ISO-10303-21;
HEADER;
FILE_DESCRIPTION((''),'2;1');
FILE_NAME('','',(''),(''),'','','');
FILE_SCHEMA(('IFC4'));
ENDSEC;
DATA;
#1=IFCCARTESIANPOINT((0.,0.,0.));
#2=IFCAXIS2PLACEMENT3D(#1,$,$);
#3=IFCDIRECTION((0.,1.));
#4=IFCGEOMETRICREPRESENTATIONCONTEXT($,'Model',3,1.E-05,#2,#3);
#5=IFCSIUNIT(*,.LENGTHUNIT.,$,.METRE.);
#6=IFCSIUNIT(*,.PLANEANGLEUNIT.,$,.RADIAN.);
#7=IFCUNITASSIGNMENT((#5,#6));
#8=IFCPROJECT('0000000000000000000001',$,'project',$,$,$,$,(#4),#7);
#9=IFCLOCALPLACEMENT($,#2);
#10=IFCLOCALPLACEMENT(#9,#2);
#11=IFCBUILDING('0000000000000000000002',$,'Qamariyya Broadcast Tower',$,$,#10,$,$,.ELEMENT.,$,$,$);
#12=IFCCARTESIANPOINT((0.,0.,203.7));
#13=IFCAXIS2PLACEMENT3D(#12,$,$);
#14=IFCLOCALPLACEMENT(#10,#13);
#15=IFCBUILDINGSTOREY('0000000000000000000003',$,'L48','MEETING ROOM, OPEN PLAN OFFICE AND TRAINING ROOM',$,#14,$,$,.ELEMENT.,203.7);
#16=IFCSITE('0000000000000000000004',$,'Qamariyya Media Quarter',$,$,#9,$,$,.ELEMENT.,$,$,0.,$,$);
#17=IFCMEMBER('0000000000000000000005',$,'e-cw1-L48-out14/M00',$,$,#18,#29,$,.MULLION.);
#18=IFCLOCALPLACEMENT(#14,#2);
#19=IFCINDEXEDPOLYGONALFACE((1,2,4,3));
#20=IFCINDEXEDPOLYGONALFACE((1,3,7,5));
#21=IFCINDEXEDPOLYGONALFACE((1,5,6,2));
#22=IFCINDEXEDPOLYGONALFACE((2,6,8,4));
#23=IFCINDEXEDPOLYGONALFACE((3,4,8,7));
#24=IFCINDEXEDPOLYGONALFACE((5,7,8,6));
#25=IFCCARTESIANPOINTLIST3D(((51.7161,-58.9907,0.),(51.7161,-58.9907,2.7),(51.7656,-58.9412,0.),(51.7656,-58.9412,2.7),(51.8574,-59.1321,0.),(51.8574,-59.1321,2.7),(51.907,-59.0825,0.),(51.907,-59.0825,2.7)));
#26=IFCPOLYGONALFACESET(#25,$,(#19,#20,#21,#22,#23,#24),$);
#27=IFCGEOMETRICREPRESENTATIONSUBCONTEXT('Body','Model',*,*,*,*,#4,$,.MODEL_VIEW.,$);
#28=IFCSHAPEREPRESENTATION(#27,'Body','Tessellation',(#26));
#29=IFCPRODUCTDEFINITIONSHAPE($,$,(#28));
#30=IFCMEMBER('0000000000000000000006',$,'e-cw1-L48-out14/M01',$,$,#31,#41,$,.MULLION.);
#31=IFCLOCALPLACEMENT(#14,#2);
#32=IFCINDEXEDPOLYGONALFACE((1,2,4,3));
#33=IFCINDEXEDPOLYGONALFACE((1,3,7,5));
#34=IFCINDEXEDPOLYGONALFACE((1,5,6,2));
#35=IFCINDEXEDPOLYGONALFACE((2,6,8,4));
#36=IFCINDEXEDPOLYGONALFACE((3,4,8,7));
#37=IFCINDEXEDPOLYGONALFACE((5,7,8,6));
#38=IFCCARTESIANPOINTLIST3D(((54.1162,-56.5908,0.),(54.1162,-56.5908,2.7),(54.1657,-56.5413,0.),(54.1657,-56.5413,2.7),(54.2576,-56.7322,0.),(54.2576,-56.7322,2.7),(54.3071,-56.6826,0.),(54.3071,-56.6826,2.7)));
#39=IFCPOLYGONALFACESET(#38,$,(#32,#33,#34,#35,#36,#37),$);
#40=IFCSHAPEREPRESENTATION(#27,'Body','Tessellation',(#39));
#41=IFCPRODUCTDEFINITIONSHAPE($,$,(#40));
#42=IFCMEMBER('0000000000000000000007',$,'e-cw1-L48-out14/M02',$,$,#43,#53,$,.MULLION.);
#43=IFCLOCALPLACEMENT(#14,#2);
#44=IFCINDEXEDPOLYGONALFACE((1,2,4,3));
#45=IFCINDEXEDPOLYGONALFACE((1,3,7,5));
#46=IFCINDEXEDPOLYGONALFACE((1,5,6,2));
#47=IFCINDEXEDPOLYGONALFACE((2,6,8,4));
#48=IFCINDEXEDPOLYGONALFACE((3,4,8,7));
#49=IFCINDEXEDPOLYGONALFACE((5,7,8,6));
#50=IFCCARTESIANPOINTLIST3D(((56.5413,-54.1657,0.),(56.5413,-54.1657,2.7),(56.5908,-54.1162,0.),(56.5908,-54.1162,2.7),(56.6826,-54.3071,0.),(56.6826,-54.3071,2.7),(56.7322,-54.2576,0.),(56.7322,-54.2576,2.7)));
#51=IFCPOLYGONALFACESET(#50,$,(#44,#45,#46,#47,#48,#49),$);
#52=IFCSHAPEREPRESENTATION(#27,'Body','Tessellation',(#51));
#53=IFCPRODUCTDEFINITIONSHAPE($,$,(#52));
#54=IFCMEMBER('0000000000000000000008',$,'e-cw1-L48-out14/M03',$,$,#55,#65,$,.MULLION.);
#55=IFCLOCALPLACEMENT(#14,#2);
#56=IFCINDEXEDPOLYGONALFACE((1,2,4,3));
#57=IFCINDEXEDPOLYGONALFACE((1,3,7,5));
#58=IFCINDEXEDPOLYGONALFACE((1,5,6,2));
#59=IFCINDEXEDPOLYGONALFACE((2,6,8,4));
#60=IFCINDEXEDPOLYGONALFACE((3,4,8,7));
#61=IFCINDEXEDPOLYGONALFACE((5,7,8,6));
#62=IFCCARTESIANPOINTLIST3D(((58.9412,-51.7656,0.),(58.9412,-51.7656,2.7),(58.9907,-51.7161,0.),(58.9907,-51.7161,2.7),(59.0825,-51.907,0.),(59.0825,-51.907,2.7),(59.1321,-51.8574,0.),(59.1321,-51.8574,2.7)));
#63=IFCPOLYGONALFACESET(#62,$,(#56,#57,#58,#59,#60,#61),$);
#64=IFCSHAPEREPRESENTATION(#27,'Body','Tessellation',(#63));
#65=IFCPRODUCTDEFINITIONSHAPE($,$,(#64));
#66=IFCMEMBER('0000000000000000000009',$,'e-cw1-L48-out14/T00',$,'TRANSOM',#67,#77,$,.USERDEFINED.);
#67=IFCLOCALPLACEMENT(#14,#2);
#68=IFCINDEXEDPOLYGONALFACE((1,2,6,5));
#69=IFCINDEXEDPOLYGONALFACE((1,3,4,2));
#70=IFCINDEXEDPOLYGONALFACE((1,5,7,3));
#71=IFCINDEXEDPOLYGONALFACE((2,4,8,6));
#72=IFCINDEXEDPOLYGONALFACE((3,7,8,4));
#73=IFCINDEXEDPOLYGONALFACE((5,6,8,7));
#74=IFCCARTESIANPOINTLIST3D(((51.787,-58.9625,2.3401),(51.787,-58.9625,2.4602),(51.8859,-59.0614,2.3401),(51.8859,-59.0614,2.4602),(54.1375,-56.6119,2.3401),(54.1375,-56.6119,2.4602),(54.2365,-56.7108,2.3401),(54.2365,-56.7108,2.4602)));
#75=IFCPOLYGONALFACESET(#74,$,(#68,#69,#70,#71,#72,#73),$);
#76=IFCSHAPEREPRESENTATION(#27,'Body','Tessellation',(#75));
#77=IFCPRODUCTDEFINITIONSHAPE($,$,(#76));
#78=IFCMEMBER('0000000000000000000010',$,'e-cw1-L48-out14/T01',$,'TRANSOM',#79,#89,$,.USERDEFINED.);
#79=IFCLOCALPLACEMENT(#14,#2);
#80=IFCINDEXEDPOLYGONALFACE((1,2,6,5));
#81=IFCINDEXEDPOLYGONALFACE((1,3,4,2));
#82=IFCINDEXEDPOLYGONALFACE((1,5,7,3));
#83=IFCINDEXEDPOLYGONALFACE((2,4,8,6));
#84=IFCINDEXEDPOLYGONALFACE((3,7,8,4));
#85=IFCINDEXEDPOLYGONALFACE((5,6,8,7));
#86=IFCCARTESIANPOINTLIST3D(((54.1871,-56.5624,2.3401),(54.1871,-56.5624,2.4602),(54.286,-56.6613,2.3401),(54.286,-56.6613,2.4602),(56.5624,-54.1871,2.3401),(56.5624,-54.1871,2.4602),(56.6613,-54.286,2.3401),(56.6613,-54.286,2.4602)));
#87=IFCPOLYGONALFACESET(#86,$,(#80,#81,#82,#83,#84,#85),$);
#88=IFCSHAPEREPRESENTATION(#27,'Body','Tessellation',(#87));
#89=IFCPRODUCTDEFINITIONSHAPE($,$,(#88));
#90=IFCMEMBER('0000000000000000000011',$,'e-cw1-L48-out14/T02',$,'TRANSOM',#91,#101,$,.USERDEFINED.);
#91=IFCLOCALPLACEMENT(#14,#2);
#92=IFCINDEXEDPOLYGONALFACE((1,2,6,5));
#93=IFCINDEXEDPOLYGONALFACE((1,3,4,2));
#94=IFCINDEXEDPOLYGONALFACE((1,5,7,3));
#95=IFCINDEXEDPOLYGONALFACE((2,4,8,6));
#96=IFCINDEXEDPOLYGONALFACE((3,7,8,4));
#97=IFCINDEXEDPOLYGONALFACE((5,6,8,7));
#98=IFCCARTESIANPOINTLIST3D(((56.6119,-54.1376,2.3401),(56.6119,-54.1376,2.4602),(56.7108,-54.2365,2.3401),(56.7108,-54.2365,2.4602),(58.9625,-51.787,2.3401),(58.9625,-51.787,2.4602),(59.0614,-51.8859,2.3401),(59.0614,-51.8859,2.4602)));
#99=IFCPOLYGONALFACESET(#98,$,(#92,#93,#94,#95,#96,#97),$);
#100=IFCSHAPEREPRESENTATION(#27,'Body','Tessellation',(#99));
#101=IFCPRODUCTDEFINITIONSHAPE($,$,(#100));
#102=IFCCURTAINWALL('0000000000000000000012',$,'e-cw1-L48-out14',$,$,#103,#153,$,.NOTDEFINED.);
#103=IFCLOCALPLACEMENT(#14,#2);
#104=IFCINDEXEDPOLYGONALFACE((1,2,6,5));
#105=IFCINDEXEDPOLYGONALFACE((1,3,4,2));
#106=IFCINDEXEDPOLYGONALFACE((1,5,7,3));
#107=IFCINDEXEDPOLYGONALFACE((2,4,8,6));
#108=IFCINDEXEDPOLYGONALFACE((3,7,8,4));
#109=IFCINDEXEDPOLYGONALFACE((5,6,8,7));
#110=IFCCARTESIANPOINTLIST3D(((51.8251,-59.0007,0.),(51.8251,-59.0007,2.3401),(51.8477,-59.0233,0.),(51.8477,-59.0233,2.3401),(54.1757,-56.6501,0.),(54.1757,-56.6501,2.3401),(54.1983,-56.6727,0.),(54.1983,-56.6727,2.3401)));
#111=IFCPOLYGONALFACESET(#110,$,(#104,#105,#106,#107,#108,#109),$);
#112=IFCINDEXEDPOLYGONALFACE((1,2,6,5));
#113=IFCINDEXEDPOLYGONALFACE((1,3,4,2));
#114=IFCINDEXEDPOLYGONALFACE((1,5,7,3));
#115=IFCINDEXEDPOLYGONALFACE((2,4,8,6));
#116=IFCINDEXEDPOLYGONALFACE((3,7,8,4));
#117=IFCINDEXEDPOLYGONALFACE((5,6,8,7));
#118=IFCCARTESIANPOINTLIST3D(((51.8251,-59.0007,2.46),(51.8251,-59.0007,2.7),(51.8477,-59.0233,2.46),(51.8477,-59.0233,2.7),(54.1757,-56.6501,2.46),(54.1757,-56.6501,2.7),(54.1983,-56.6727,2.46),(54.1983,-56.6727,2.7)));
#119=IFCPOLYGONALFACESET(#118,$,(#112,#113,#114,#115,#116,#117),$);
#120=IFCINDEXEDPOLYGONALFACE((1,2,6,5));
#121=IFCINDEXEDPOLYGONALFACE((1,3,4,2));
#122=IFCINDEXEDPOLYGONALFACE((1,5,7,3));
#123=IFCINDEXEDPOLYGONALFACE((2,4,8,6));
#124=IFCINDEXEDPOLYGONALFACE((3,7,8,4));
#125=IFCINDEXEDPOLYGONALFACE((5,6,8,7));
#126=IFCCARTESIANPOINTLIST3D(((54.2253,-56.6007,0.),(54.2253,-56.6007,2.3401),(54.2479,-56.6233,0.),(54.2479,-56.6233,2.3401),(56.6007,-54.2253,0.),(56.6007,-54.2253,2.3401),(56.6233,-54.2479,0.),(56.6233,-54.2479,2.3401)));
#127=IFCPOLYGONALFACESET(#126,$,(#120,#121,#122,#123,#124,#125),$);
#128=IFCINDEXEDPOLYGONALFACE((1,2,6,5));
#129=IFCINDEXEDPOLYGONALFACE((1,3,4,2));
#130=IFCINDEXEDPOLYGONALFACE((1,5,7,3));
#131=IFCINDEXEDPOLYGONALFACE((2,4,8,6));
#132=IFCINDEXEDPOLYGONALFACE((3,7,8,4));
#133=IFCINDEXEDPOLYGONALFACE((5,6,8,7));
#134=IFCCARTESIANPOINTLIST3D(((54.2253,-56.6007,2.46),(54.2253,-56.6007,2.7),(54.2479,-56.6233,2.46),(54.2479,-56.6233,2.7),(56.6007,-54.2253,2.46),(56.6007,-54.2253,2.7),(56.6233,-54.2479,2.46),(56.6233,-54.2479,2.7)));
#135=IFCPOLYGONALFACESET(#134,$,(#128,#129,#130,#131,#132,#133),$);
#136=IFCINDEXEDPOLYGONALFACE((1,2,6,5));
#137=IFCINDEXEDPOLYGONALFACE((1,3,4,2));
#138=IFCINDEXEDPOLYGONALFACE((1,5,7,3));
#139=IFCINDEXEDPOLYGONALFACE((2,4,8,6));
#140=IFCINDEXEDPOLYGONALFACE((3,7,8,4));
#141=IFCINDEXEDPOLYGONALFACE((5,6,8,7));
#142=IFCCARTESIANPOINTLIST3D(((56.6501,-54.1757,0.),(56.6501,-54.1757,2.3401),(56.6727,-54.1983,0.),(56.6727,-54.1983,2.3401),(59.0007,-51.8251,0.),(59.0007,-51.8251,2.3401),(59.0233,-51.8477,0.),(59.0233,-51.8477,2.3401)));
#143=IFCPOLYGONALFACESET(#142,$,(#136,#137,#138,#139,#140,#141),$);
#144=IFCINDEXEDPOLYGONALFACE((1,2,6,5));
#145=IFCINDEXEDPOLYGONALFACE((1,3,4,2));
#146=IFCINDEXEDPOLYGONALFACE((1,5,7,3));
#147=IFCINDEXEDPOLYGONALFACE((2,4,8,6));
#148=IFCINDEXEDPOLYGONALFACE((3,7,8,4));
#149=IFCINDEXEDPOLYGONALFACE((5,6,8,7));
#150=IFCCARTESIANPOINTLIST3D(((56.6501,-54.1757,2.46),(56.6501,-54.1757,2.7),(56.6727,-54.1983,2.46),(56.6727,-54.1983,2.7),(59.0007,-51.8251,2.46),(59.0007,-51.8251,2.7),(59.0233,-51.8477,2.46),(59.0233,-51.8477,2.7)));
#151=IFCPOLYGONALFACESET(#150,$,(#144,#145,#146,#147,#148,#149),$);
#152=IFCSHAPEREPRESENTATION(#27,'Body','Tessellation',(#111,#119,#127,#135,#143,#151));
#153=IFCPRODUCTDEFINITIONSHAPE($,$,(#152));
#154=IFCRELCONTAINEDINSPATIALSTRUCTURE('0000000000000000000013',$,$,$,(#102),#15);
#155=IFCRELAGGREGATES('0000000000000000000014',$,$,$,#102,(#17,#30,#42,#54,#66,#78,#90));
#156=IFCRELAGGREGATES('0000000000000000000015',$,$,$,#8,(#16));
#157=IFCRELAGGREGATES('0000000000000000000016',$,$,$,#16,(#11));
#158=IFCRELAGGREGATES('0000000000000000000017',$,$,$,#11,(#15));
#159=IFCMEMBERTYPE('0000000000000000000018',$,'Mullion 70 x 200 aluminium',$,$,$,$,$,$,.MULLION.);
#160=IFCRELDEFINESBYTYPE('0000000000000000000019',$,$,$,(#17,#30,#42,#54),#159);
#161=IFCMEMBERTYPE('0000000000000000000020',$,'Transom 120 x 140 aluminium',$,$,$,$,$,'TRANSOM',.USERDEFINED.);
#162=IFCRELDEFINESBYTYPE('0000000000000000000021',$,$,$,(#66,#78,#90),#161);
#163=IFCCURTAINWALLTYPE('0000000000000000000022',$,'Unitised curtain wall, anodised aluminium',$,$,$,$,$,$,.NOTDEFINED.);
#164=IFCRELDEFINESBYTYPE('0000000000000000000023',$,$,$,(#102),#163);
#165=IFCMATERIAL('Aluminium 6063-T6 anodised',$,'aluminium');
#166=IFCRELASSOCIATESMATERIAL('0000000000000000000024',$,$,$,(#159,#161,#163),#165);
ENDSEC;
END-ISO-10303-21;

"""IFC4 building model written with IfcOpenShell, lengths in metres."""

from ifc_helpers import new_model, si_unit, direction, frame, origin, origin_2d, place, context, subcontext, project, spatial, rectangle, extrude, material, material_profile, profile_set, type_object, element, aggregate, save


model = new_model("IFC4")

# Units and contexts
model_context = context("Model", 3, precision=1e-05, world=origin(), true_north=direction((0.0, 1.0)))
body_context = subcontext(model_context, "Body", "Model", "MODEL_VIEW")
ifc_project = project(units=[si_unit("LENGTHUNIT", "METRE"), si_unit("PLANEANGLEUNIT", "RADIAN")], contexts=[model_context])

# Members
ifc_material = material(Name="Aluminium 6063-T6 anodised", Category="aluminium")
ifc_material_profile_1 = material_profile(ifc_material, rectangle(XDim=0.2, YDim=0.0701, at=origin_2d()))
ifc_profile_set_1 = profile_set([ifc_material_profile_1], Name="Aluminium 6063-T6 anodised")
member_type_1 = type_object("IfcMemberType", Name="Mullion 70 x 200 aluminium", PredefinedType="MULLION", material=ifc_profile_set_1)
site_placement = place(None, origin())
building_placement = place(site_placement, origin())
storey_placement = place(building_placement, frame((0.0, 0.0, 203.7)))
member_1_placement = place(storey_placement, frame((51.8115, -59.0366, 0.0), z_axis=(0.0, 0.0, 1.0), x_axis=(-0.707107, 0.707107, 0.0)))
member_1 = element("IfcMember", 1, at=member_1_placement, type_object=member_type_1, Name="e-cw1-L48-out14/M00", PredefinedType="MULLION", context=body_context, shape_type="SweptSolid", body=[
    extrude(rectangle(XDim=0.2, YDim=0.0701, at=origin_2d()), origin(), (0.0, 0.0, 1.0), 2.7),
])
member_2_placement = place(storey_placement, frame((54.2117, -56.6367, 0.0), z_axis=(0.0, 0.0, 1.0), x_axis=(-0.707107, 0.707107, 0.0)))
member_2 = element("IfcMember", 2, at=member_2_placement, type_object=member_type_1, Name="e-cw1-L48-out14/M01", PredefinedType="MULLION", context=body_context, shape_type="SweptSolid", body=[
    extrude(rectangle(XDim=0.2, YDim=0.0701, at=origin_2d()), origin(), (0.0, 0.0, 1.0), 2.7),
])
member_3_placement = place(storey_placement, frame((56.6367, -54.2117, 0.0), z_axis=(0.0, 0.0, 1.0), x_axis=(-0.707107, 0.707107, 0.0)))
member_3 = element("IfcMember", 3, at=member_3_placement, type_object=member_type_1, Name="e-cw1-L48-out14/M02", PredefinedType="MULLION", context=body_context, shape_type="SweptSolid", body=[
    extrude(rectangle(XDim=0.2, YDim=0.0701, at=origin_2d()), origin(), (0.0, 0.0, 1.0), 2.7),
])
member_4_placement = place(storey_placement, frame((59.0366, -51.8115, 0.0), z_axis=(0.0, 0.0, 1.0), x_axis=(-0.707107, 0.707107, 0.0)))
member_4 = element("IfcMember", 4, at=member_4_placement, type_object=member_type_1, Name="e-cw1-L48-out14/M03", PredefinedType="MULLION", context=body_context, shape_type="SweptSolid", body=[
    extrude(rectangle(XDim=0.2, YDim=0.0701, at=origin_2d()), origin(), (0.0, 0.0, 1.0), 2.7),
])
ifc_material_profile_2 = material_profile(ifc_material, rectangle(XDim=0.1399, YDim=0.1201, at=origin_2d()))
ifc_profile_set_2 = profile_set([ifc_material_profile_2], Name="Aluminium 6063-T6 anodised")
member_type_2 = type_object("IfcMemberType", Name="Transom 120 x 140 aluminium", ElementType="TRANSOM", PredefinedType="USERDEFINED", material=ifc_profile_set_2)
member_5_placement = place(storey_placement, frame((51.8364, -59.012, 2.4001), z_axis=(0.707107, 0.707107, 0.0), x_axis=(-0.707107, 0.707107, 0.0)))
member_5 = element("IfcMember", 5, at=member_5_placement, type_object=member_type_2, Name="e-cw1-L48-out14/T00", ObjectType="TRANSOM", PredefinedType="USERDEFINED", context=body_context, shape_type="SweptSolid", body=[
    extrude(rectangle(XDim=0.1399, YDim=0.1201, at=origin_2d()), origin(), (0.0, 0.0, 1.0), 3.3242),
])
member_6_placement = place(storey_placement, frame((54.2366, -56.6118, 2.4001), z_axis=(0.707107, 0.707107, 0.0), x_axis=(-0.707107, 0.707107, 0.0)))
member_6 = element("IfcMember", 6, at=member_6_placement, type_object=member_type_2, Name="e-cw1-L48-out14/T01", ObjectType="TRANSOM", PredefinedType="USERDEFINED", context=body_context, shape_type="SweptSolid", body=[
    extrude(rectangle(XDim=0.1399, YDim=0.1201, at=origin_2d()), origin(), (0.0, 0.0, 1.0), 3.3591),
])
member_7_placement = place(storey_placement, frame((56.6614, -54.187, 2.4001), z_axis=(0.707107, 0.707107, 0.0), x_axis=(-0.707107, 0.707107, 0.0)))
member_7 = element("IfcMember", 7, at=member_7_placement, type_object=member_type_2, Name="e-cw1-L48-out14/T02", ObjectType="TRANSOM", PredefinedType="USERDEFINED", context=body_context, shape_type="SweptSolid", body=[
    extrude(rectangle(XDim=0.1399, YDim=0.1201, at=origin_2d()), origin(), (0.0, 0.0, 1.0), 3.3242),
])

# Site, building, storey
site = spatial("IfcSite", under=ifc_project, at=site_placement, Name="Qamariyya Media Quarter", CompositionType="ELEMENT", RefElevation=0.0)
building = spatial("IfcBuilding", under=site, at=building_placement, Name="Qamariyya Broadcast Tower", CompositionType="ELEMENT")
storey = spatial("IfcBuildingStorey", under=building, at=storey_placement, Name="L48", Description="MEETING ROOM, OPEN PLAN OFFICE AND TRAINING ROOM", CompositionType="ELEMENT", Elevation=203.7)

# Curtain wall
curtain_wall_type = type_object("IfcCurtainWallType", Name="Unitised curtain wall, anodised aluminium", PredefinedType="NOTDEFINED", material=ifc_material)
curtain_wall_1_placement = place(storey_placement, origin())
curtain_wall_1 = element("IfcCurtainWall", 8, at=curtain_wall_1_placement, inside=storey, type_object=curtain_wall_type, Name="e-cw1-L48-out14", PredefinedType="NOTDEFINED", context=body_context, shape_type="SweptSolid", body=[
    extrude(rectangle(XDim=3.3242, YDim=0.032, at=origin_2d()), frame((53.0117, -57.8367, 0.0), x_axis=(0.707107, 0.707107, 0.0)), (0.0, 0.0, 1.0), 2.3401),
    extrude(rectangle(XDim=3.3242, YDim=0.032, at=origin_2d()), frame((53.0117, -57.8367, 2.46), x_axis=(0.707107, 0.707107, 0.0)), (0.0, 0.0, 1.0), 0.24),
    extrude(rectangle(XDim=3.3594, YDim=0.032, at=origin_2d()), frame((55.4243, -55.4243, 0.0), x_axis=(0.707107, 0.707107, 0.0)), (0.0, 0.0, 1.0), 2.3401),
    extrude(rectangle(XDim=3.3594, YDim=0.032, at=origin_2d()), frame((55.4243, -55.4243, 2.46), x_axis=(0.707107, 0.707107, 0.0)), (0.0, 0.0, 1.0), 0.24),
    extrude(rectangle(XDim=3.3242, YDim=0.032, at=origin_2d()), frame((57.8367, -53.0117, 0.0), x_axis=(0.707107, 0.707107, 0.0)), (0.0, 0.0, 1.0), 2.3401),
    extrude(rectangle(XDim=3.3242, YDim=0.032, at=origin_2d()), frame((57.8367, -53.0117, 2.46), x_axis=(0.707107, 0.707107, 0.0)), (0.0, 0.0, 1.0), 0.24),
])
aggregate(curtain_wall_1, [member_1, member_2, member_3, member_4, member_5, member_6, member_7])

save(model, "model.ifc")
